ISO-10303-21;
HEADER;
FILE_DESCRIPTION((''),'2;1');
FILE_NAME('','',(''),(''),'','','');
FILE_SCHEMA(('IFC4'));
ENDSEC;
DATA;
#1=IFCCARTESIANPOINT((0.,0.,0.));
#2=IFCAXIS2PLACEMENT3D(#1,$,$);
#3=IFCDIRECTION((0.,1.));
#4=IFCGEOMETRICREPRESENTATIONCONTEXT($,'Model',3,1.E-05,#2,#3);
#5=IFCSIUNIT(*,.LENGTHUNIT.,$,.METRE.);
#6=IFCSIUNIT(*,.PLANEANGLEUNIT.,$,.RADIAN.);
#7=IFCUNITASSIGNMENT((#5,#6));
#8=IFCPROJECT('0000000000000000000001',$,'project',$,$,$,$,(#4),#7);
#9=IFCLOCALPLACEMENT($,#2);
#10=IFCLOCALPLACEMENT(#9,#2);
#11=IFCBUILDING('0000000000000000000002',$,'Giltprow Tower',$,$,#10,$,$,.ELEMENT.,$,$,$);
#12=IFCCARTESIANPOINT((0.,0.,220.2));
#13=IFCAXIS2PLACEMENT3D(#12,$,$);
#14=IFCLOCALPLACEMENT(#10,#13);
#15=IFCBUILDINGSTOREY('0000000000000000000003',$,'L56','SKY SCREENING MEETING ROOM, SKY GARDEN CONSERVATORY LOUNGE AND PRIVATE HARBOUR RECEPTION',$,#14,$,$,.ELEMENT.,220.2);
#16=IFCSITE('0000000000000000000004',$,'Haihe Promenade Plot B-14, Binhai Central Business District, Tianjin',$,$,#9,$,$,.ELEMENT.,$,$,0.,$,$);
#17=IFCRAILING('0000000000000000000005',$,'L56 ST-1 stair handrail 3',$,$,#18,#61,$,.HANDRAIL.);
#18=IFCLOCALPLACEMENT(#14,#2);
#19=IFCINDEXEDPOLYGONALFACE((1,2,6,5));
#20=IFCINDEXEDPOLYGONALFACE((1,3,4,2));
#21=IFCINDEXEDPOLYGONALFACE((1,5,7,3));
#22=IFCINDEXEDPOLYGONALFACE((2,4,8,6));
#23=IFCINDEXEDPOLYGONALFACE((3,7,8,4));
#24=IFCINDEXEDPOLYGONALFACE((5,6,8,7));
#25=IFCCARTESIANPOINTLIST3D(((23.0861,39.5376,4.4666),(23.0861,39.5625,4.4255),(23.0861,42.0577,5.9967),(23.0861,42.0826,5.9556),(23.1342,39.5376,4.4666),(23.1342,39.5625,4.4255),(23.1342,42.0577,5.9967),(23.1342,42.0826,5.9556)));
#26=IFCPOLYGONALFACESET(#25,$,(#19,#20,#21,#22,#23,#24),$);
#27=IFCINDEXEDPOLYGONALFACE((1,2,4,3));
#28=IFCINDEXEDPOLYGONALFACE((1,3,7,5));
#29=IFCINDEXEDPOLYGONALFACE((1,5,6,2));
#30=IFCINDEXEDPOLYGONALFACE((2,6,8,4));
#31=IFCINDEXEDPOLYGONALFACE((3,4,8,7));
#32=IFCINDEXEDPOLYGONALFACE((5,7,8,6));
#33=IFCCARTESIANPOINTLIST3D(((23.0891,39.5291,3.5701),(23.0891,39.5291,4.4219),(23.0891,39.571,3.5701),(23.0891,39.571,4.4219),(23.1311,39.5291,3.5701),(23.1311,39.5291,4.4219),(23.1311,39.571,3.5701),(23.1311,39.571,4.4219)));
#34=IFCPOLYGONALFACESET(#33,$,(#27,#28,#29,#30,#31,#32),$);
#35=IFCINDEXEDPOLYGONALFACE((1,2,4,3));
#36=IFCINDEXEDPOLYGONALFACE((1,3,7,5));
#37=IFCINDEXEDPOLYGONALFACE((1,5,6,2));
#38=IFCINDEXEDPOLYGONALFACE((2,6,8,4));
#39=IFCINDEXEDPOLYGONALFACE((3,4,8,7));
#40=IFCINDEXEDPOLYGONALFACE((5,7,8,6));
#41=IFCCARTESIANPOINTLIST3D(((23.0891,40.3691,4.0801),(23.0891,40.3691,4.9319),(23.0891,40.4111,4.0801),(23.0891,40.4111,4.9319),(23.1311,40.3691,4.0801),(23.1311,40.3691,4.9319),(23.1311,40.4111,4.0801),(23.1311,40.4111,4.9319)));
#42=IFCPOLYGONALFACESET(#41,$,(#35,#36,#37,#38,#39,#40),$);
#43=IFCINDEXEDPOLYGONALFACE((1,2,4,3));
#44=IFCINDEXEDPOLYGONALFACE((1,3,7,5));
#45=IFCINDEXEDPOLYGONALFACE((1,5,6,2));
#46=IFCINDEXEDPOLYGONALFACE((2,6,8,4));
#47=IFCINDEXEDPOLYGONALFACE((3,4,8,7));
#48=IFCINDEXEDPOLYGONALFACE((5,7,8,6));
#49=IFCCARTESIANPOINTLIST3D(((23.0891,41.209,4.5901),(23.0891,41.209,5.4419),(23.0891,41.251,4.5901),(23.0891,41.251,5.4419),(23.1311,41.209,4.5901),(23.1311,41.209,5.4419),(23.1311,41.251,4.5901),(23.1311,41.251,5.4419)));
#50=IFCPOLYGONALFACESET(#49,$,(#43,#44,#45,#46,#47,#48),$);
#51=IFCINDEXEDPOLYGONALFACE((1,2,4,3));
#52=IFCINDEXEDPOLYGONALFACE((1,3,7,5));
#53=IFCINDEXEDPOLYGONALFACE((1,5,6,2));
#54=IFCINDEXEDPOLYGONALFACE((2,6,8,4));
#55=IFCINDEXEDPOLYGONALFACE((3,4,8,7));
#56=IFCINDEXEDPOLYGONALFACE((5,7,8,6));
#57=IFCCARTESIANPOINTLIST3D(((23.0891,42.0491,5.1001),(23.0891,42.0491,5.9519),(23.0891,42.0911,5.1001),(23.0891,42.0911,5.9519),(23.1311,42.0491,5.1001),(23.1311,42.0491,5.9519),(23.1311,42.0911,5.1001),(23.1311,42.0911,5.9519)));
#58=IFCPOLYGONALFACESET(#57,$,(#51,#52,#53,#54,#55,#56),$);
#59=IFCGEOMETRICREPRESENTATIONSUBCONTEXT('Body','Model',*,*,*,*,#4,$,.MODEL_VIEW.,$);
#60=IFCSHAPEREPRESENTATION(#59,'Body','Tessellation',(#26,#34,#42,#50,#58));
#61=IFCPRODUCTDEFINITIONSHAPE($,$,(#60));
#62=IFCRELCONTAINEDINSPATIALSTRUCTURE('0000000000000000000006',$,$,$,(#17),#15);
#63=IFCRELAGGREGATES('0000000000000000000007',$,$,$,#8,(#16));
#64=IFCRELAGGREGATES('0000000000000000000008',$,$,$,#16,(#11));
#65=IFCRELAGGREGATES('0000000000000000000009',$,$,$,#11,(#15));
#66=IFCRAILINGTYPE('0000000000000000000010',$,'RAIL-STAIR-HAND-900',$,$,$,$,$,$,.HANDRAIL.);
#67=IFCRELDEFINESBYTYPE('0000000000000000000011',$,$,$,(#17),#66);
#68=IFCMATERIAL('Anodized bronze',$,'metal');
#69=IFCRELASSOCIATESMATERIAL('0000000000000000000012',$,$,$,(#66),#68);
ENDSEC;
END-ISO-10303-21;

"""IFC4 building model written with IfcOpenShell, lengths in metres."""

from ifc_helpers import new_model, si_unit, direction, frame, origin, origin_2d, place, context, subcontext, project, spatial, rectangle, extrude, material, type_object, element, save


model = new_model("IFC4")

# Units and contexts
model_context = context("Model", 3, precision=1e-05, world=origin(), true_north=direction((0.0, 1.0)))
body_context = subcontext(model_context, "Body", "Model", "MODEL_VIEW")
ifc_project = project(units=[si_unit("LENGTHUNIT", "METRE"), si_unit("PLANEANGLEUNIT", "RADIAN")], contexts=[model_context])

# Site, building, storey
site_placement = place(None, origin())
site = spatial("IfcSite", under=ifc_project, at=site_placement, Name="Haihe Promenade Plot B-14, Binhai Central Business District, Tianjin", CompositionType="ELEMENT", RefElevation=0.0)
building_placement = place(site_placement, origin())
building = spatial("IfcBuilding", under=site, at=building_placement, Name="Giltprow Tower", CompositionType="ELEMENT")
storey_placement = place(building_placement, frame((0.0, 0.0, 220.2)))
storey = spatial("IfcBuildingStorey", under=building, at=storey_placement, Name="L56", Description="SKY SCREENING MEETING ROOM, SKY GARDEN CONSERVATORY LOUNGE AND PRIVATE HARBOUR RECEPTION", CompositionType="ELEMENT", Elevation=220.2)

# Railing
ifc_material_1 = material(Name="Anodized bronze", Category="metal")
railing_type_1 = type_object("IfcRailingType", Name="RAIL-STAIR-HAND-900", PredefinedType="HANDRAIL", material=ifc_material_1)
railing_1_placement = place(storey_placement, frame((23.1101, 39.55, 3.5701)))
element("IfcRailing", 1, at=railing_1_placement, inside=storey, type_object=railing_type_1, Name="L56 ST-1 stair handrail 3", PredefinedType="HANDRAIL", context=body_context, shape_type="SweptSolid", body=[
    extrude(rectangle(XDim=0.0481, YDim=0.0481, at=origin_2d()), frame((0.0, 0.0, 0.876), z_axis=(0.0, 0.854785, 0.518982), x_axis=(-1.0, 0.0, 0.0)), (0.0, 0.0, 1.0), 2.9482),
    extrude(rectangle(XDim=0.042, YDim=0.042, at=origin_2d()), origin(), (0.0, 0.0, 1.0), 0.8518),
    extrude(rectangle(XDim=0.042, YDim=0.042, at=origin_2d()), frame((0.0, 0.8401, 0.51)), (0.0, 0.0, 1.0), 0.8518),
    extrude(rectangle(XDim=0.042, YDim=0.042, at=origin_2d()), frame((0.0, 1.6799, 1.02)), (0.0, 0.0, 1.0), 0.8518),
    extrude(rectangle(XDim=0.042, YDim=0.042, at=origin_2d()), frame((0.0, 2.52, 1.53)), (0.0, 0.0, 1.0), 0.8518),
])

save(model, "model.ifc")
